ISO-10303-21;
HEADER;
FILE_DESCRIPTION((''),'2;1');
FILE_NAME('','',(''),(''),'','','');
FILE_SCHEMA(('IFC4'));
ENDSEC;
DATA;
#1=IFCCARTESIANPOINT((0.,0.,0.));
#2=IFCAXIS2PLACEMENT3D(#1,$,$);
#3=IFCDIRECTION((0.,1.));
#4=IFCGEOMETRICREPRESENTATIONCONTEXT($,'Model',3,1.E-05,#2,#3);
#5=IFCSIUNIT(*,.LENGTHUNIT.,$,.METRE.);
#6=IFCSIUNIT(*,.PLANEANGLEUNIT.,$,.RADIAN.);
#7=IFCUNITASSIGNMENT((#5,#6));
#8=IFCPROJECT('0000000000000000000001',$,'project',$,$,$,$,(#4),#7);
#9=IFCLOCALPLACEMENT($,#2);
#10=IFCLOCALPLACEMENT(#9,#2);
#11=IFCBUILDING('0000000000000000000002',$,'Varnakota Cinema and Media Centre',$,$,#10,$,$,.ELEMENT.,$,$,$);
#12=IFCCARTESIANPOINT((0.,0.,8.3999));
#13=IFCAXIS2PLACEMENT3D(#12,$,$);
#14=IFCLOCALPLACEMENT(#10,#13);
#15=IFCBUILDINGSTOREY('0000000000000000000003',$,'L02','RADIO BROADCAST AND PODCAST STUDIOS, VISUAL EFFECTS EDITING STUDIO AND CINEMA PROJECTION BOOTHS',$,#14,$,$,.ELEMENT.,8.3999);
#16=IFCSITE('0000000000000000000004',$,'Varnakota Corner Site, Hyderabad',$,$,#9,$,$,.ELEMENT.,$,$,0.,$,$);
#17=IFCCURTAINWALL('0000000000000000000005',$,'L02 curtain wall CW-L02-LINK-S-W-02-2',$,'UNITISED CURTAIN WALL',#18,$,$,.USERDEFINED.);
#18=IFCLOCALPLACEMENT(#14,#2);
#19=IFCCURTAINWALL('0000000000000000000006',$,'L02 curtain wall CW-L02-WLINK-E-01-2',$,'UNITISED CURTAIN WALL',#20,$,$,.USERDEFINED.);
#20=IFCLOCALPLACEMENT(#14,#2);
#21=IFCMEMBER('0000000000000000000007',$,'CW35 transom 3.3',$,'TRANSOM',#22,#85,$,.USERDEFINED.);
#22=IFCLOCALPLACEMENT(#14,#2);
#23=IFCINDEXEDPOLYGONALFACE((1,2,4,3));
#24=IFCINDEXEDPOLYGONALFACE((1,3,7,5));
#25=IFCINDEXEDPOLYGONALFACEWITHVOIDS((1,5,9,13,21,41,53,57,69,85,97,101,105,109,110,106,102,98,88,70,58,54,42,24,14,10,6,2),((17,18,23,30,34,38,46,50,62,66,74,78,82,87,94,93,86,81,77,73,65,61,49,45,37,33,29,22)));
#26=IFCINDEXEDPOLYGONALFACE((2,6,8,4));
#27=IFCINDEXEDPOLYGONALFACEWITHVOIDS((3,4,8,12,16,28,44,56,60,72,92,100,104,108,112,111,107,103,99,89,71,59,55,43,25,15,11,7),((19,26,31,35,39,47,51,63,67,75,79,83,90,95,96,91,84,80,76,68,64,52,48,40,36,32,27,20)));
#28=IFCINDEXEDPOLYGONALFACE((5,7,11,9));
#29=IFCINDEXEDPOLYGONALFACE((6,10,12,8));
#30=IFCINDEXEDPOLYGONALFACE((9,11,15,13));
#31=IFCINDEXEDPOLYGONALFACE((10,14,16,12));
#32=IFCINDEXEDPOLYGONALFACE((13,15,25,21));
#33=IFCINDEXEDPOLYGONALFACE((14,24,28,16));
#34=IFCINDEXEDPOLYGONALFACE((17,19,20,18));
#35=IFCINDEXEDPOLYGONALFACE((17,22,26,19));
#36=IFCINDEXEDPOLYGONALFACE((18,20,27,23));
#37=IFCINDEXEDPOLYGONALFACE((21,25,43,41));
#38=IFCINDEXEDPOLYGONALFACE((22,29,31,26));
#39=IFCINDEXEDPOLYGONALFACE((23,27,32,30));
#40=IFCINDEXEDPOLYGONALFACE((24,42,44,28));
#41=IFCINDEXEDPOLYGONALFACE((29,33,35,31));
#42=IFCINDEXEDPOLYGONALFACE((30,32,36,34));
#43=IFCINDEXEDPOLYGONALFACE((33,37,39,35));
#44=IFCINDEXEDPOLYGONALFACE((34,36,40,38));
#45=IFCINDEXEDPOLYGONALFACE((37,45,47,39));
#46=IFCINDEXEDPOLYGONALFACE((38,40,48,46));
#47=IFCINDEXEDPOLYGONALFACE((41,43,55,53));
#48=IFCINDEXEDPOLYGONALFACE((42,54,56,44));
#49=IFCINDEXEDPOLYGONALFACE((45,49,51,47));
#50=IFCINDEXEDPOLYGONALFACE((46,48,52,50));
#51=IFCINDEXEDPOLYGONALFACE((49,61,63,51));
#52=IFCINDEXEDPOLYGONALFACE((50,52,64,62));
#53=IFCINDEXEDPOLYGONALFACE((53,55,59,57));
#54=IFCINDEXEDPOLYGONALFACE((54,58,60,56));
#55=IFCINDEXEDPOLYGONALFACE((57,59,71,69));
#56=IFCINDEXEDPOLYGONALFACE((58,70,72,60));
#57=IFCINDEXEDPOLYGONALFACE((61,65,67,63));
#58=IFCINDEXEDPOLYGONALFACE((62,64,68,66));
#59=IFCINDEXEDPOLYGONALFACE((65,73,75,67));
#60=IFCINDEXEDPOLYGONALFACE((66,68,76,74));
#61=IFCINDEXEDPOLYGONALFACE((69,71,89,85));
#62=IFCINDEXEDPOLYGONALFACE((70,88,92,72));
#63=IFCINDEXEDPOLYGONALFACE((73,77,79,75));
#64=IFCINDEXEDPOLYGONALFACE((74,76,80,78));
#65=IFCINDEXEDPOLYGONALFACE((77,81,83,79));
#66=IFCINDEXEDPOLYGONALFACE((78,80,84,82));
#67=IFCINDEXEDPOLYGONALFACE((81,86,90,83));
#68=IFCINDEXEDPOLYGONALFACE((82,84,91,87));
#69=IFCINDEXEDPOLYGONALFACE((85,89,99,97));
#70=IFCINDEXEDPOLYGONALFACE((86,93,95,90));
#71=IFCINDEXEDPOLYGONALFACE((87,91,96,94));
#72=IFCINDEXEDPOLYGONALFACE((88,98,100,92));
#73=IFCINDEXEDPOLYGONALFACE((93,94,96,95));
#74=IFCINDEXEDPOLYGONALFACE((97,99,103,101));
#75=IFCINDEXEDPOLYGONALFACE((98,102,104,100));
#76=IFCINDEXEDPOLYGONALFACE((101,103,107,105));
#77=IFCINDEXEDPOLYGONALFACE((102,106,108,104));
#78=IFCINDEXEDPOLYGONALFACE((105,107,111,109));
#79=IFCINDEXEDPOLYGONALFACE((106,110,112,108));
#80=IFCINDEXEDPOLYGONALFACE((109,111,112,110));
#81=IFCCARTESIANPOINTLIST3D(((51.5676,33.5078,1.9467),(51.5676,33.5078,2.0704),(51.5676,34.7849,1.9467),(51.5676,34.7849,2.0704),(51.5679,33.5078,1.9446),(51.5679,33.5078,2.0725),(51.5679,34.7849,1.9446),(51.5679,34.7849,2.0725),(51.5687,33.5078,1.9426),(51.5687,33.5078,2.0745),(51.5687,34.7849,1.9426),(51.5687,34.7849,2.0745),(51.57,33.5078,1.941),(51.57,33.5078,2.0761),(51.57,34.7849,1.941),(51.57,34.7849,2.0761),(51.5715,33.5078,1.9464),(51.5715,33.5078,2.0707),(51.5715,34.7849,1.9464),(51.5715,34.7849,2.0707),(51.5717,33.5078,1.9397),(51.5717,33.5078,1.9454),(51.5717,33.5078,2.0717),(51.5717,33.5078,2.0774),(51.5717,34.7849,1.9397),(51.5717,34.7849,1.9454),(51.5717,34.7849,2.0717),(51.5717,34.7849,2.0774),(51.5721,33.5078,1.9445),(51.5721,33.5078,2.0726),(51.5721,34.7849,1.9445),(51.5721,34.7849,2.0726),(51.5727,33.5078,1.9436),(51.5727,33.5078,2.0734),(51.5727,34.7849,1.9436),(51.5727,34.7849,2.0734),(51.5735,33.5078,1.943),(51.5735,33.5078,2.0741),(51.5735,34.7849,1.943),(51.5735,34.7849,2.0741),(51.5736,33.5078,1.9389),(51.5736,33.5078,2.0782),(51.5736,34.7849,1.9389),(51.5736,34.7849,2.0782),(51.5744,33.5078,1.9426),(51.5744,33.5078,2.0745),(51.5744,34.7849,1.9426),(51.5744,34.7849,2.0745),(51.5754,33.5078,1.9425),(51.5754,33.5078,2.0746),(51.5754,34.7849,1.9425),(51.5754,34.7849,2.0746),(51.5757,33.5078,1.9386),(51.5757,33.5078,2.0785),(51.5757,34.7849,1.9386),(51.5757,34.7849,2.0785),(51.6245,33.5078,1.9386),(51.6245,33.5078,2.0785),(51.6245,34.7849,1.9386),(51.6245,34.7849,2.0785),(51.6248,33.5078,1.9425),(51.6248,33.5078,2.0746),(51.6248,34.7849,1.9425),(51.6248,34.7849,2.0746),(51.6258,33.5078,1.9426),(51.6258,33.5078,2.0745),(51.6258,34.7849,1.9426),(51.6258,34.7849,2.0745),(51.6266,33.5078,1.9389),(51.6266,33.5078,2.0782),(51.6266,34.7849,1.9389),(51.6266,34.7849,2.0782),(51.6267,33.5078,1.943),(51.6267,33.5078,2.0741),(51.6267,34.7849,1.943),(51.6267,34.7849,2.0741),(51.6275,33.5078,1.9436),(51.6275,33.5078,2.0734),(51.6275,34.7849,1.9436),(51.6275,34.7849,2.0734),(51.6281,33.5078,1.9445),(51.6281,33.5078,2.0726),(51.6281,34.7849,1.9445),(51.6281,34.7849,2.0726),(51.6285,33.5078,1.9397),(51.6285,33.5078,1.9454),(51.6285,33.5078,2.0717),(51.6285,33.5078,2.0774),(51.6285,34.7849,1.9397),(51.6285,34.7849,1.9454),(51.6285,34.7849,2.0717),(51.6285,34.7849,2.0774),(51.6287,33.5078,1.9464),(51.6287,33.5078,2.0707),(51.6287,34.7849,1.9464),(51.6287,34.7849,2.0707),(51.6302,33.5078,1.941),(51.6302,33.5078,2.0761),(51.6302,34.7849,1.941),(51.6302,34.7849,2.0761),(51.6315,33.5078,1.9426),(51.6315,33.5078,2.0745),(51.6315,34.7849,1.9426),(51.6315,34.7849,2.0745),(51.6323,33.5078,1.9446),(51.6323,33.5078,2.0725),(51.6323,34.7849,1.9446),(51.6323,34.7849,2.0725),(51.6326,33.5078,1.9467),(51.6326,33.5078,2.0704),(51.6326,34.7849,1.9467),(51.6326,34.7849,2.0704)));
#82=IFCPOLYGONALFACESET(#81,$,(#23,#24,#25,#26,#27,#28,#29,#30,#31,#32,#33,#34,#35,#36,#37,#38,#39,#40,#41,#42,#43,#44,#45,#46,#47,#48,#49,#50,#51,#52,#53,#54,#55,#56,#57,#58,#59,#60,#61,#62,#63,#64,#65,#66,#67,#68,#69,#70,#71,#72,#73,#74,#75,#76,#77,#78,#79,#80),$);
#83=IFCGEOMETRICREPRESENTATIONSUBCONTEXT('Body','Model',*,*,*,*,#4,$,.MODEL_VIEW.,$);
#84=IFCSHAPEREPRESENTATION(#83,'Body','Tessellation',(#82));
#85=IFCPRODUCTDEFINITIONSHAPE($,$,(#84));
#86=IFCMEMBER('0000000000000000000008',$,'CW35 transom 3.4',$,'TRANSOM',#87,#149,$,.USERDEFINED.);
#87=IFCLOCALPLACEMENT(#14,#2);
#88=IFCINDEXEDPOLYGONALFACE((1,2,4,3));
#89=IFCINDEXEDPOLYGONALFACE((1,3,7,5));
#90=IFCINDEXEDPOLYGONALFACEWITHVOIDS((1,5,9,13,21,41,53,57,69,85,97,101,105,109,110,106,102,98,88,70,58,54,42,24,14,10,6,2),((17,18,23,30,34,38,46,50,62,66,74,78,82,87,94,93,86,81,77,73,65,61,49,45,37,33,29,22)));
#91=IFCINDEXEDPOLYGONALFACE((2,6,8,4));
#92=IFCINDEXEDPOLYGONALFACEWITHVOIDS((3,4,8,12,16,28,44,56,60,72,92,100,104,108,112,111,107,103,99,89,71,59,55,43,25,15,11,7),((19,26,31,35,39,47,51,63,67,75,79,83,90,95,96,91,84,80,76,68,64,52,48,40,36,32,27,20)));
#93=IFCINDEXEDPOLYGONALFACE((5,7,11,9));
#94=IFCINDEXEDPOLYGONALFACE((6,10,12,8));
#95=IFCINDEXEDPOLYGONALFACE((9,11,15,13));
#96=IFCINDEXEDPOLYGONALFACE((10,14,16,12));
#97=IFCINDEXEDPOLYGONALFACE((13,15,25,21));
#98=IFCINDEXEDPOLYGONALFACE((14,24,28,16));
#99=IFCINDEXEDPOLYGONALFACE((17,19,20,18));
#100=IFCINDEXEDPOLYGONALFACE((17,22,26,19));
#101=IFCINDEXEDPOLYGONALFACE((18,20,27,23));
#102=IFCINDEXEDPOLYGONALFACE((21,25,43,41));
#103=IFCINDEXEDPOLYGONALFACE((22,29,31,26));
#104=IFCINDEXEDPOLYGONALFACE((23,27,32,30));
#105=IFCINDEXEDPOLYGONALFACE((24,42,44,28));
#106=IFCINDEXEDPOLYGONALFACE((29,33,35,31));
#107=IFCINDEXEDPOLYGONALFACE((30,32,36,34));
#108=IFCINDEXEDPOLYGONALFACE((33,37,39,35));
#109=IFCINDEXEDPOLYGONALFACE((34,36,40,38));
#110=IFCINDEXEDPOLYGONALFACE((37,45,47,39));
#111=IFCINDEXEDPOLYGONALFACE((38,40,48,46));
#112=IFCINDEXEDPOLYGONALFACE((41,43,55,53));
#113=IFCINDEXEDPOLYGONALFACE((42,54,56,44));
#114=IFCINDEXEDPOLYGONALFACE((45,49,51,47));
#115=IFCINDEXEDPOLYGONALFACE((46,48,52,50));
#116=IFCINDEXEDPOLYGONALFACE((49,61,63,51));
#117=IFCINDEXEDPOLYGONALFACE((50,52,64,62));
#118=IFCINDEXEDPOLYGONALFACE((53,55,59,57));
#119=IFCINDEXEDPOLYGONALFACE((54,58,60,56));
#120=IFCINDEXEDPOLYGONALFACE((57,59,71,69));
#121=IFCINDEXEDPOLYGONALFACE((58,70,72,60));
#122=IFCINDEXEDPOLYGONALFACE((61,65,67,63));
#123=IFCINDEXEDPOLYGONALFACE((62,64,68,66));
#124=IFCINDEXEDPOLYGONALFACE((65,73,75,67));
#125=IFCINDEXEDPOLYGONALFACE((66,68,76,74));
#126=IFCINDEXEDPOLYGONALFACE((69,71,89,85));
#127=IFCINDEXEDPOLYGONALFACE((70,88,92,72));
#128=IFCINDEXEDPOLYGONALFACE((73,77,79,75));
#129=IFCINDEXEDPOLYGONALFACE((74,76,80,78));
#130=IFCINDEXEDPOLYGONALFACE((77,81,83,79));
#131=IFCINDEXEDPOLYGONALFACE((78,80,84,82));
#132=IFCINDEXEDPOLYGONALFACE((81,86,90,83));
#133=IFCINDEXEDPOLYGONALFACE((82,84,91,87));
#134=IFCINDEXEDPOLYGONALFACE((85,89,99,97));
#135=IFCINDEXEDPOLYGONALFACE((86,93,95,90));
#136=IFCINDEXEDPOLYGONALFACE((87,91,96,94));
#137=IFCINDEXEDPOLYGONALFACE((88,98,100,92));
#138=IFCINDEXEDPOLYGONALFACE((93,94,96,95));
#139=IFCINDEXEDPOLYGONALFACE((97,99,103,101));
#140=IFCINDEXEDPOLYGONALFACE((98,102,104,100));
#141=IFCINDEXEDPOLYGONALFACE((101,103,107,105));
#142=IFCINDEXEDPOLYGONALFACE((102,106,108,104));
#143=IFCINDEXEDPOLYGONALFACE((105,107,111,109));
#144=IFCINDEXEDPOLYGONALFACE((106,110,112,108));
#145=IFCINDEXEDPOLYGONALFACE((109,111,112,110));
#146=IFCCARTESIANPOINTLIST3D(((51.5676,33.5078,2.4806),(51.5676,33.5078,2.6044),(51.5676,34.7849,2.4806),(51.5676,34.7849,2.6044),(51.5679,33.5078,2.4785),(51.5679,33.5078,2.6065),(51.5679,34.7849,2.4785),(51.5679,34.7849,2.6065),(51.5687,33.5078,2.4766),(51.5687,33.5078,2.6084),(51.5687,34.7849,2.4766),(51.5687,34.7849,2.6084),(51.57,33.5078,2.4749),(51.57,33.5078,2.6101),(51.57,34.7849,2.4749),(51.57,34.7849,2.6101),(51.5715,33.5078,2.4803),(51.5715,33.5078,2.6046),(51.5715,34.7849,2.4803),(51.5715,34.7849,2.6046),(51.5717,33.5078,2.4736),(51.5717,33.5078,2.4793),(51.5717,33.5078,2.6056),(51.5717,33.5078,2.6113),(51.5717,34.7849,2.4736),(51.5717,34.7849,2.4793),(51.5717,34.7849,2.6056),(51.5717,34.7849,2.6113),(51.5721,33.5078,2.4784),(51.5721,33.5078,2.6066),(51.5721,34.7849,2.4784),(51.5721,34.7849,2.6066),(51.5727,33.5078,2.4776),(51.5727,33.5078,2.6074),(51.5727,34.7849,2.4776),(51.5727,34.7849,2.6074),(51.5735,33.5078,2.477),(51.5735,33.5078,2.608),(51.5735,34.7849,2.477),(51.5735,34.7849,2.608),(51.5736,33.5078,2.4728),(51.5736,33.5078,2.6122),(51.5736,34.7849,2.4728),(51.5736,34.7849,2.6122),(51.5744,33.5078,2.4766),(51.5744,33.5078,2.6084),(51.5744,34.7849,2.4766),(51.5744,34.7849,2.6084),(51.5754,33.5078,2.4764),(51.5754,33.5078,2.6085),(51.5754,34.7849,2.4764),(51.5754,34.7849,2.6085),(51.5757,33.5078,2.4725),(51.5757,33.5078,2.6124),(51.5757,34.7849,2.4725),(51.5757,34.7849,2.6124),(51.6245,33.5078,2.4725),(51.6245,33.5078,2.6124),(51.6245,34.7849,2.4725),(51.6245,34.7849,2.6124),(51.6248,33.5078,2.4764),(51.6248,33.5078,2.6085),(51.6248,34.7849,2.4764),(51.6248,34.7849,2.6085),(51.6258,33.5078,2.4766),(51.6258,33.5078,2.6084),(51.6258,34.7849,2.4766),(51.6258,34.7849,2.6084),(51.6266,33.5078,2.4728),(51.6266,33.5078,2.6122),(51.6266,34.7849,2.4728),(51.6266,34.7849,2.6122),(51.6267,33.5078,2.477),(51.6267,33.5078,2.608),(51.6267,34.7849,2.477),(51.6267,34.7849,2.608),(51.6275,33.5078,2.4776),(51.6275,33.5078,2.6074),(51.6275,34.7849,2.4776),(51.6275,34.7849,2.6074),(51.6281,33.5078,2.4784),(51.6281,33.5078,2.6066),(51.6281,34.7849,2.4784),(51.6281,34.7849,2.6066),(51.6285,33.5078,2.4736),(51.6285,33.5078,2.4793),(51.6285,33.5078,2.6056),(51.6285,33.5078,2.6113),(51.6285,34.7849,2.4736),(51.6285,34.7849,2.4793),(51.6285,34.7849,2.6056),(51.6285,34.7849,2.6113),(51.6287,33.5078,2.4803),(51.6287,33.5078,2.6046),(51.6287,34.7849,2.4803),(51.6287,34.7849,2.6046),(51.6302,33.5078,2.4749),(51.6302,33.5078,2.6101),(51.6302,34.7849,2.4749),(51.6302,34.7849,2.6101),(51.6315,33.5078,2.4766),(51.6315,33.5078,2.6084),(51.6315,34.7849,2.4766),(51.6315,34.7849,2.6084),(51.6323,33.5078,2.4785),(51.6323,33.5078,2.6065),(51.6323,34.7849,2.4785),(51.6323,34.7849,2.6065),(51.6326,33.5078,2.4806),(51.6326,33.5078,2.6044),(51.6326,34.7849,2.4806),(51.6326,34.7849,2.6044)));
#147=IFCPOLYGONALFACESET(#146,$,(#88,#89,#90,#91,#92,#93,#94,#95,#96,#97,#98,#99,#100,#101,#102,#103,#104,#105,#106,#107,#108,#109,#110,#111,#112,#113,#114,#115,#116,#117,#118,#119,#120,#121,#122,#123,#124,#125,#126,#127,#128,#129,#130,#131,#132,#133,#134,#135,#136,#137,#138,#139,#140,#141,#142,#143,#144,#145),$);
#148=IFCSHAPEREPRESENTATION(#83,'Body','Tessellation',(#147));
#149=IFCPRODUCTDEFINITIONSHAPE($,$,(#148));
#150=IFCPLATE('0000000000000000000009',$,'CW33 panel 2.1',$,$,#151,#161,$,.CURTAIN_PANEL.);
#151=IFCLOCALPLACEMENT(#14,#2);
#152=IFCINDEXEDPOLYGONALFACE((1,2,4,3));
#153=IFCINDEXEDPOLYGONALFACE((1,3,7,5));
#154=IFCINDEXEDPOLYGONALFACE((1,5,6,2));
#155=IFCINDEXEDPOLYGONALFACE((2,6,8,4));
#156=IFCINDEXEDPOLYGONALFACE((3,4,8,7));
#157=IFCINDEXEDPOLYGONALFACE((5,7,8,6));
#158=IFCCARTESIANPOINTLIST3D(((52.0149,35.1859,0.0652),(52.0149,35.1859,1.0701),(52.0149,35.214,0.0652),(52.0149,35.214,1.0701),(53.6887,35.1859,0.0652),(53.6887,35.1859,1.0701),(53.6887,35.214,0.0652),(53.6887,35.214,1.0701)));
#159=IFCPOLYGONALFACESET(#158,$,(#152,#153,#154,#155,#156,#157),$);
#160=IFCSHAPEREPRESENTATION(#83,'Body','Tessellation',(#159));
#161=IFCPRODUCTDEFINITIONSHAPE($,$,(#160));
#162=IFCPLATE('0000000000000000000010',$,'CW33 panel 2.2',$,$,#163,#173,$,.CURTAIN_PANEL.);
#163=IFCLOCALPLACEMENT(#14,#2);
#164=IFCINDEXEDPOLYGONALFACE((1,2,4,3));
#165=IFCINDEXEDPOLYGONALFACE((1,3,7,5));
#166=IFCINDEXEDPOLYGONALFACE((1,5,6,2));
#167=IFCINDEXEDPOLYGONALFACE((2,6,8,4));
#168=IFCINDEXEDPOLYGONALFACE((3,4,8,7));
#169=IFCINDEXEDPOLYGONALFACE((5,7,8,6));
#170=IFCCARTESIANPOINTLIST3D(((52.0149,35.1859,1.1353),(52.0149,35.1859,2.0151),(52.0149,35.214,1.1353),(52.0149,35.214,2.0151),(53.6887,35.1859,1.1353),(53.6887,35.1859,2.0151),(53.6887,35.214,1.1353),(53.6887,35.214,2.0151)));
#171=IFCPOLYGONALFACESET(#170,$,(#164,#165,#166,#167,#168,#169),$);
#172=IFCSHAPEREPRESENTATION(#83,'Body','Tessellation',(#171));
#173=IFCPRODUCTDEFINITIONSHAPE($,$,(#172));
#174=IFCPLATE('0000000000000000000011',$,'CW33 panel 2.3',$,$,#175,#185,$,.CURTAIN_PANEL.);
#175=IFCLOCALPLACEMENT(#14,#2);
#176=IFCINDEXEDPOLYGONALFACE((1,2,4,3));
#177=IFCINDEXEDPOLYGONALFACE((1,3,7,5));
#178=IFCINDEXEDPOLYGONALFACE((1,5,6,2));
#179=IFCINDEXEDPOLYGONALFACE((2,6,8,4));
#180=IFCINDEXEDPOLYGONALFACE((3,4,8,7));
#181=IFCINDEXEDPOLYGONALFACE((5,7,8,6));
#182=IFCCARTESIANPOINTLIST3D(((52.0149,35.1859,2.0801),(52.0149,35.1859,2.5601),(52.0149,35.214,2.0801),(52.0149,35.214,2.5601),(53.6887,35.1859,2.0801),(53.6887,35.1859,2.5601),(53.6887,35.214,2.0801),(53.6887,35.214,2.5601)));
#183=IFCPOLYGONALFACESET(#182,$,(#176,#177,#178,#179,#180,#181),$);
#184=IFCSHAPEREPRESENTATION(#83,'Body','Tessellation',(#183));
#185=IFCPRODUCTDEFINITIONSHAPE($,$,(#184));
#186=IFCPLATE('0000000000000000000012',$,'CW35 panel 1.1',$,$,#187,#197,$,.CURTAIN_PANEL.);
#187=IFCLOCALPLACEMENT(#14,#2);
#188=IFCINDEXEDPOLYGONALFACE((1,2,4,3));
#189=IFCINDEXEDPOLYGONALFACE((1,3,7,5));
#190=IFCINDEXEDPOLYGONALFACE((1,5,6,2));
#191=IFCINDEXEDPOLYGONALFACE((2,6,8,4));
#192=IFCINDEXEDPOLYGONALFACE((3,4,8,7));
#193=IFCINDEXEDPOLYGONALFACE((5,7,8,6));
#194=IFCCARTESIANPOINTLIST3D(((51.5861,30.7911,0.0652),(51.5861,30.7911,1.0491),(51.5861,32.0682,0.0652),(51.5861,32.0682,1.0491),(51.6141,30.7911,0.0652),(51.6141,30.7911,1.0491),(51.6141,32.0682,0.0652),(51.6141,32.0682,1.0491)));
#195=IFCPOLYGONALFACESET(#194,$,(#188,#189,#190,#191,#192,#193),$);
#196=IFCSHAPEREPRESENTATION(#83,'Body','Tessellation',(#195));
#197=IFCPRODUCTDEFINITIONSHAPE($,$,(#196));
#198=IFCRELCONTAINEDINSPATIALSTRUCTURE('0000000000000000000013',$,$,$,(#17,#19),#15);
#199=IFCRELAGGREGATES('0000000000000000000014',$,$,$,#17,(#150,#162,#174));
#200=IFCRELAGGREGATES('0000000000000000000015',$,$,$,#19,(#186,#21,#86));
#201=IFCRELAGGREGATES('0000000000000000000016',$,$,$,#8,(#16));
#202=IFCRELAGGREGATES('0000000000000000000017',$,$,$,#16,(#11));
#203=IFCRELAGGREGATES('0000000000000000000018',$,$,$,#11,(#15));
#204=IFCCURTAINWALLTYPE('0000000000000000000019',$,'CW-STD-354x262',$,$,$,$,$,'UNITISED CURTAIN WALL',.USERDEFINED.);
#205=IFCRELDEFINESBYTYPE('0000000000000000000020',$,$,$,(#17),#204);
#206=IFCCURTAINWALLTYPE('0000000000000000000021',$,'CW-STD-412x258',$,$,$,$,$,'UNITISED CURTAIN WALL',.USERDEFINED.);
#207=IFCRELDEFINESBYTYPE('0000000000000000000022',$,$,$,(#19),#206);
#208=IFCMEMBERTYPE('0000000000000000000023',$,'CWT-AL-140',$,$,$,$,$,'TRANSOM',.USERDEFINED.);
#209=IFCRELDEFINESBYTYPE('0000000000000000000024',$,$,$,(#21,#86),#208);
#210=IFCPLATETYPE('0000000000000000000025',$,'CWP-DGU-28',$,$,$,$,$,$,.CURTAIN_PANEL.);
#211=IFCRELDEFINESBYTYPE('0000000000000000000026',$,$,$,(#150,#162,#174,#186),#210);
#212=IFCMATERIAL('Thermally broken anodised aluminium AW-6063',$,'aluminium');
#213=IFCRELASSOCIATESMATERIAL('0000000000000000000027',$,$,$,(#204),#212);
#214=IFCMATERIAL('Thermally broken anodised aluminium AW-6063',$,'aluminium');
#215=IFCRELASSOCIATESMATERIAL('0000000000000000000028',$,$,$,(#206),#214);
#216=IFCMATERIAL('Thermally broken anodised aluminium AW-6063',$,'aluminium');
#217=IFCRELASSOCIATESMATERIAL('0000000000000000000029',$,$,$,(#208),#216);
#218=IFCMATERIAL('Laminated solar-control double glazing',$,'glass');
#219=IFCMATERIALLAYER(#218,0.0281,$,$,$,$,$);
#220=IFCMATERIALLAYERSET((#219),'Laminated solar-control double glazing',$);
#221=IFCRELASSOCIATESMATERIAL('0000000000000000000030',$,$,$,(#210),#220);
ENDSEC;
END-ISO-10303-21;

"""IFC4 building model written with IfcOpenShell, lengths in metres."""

from ifc_helpers import new_model, si_unit, direction, frame, origin, origin_2d, place, context, subcontext, project, spatial, rectangle, hollow_rectangle, extrude, material, layer, layer_set, material_profile, profile_set, type_object, element, aggregate, save


model = new_model("IFC4")

# Units and contexts
model_context = context("Model", 3, precision=1e-05, world=origin(), true_north=direction((0.0, 1.0)))
body_context = subcontext(model_context, "Body", "Model", "MODEL_VIEW")
ifc_project = project(units=[si_unit("LENGTHUNIT", "METRE"), si_unit("PLANEANGLEUNIT", "RADIAN")], contexts=[model_context])

# Site, building, storey
site_placement = place(None, origin())
site = spatial("IfcSite", under=ifc_project, at=site_placement, Name="Varnakota Corner Site, Hyderabad", CompositionType="ELEMENT", RefElevation=0.0)
building_placement = place(site_placement, origin())
building = spatial("IfcBuilding", under=site, at=building_placement, Name="Varnakota Cinema and Media Centre", CompositionType="ELEMENT")
storey_placement = place(building_placement, frame((0.0, 0.0, 8.3999)))
storey = spatial("IfcBuildingStorey", under=building, at=storey_placement, Name="L02", Description="RADIO BROADCAST AND PODCAST STUDIOS, VISUAL EFFECTS EDITING STUDIO AND CINEMA PROJECTION BOOTHS", CompositionType="ELEMENT", Elevation=8.3999)

# Curtain wall
ifc_material_1 = material(Name="Thermally broken anodised aluminium AW-6063", Category="aluminium")
curtain_wall_type_1 = type_object("IfcCurtainWallType", Name="CW-STD-354x262", ElementType="UNITISED CURTAIN WALL", PredefinedType="USERDEFINED", material=ifc_material_1)
curtain_wall_1_placement = place(storey_placement, origin())
curtain_wall_1 = element("IfcCurtainWall", 1, at=curtain_wall_1_placement, inside=storey, type_object=curtain_wall_type_1, Name="L02 curtain wall CW-L02-LINK-S-W-02-2", ObjectType="UNITISED CURTAIN WALL", PredefinedType="USERDEFINED")

# Curtain wall
ifc_material_2 = material(Name="Thermally broken anodised aluminium AW-6063", Category="aluminium")
curtain_wall_type_2 = type_object("IfcCurtainWallType", Name="CW-STD-412x258", ElementType="UNITISED CURTAIN WALL", PredefinedType="USERDEFINED", material=ifc_material_2)
curtain_wall_2_placement = place(storey_placement, origin())
curtain_wall_2 = element("IfcCurtainWall", 2, at=curtain_wall_2_placement, inside=storey, type_object=curtain_wall_type_2, Name="L02 curtain wall CW-L02-WLINK-E-01-2", ObjectType="UNITISED CURTAIN WALL", PredefinedType="USERDEFINED")

# Members
ifc_material_3 = material(Name="Thermally broken anodised aluminium AW-6063", Category="aluminium")
ifc_material_profile_1 = material_profile(ifc_material_3, hollow_rectangle(XDim=0.0649, YDim=0.1399, WallThickness=0.0039, InnerFilletRadius=0.0039, OuterFilletRadius=0.0081, at=origin_2d()), Name="AL-TRANSOM 140x65x4")
ifc_profile_set_1 = profile_set([ifc_material_profile_1], Name="Thermally broken anodised aluminium AW-6063")
member_type_1 = type_object("IfcMemberType", Name="CWT-AL-140", ElementType="TRANSOM", PredefinedType="USERDEFINED", material=ifc_profile_set_1)
member_1_placement = place(storey_placement, frame((51.6001, 33.5078, 2.0085), z_axis=(0.0, 1.0, 0.0), x_axis=(-1.0, 0.0, 0.0)))
member_1 = element("IfcMember", 3, at=member_1_placement, type_object=member_type_1, Name="CW35 transom 3.3", ObjectType="TRANSOM", PredefinedType="USERDEFINED", context=body_context, shape_type="SweptSolid", body=[
    extrude(hollow_rectangle(XDim=0.0649, YDim=0.1399, WallThickness=0.0039, InnerFilletRadius=0.0039, OuterFilletRadius=0.0081, at=origin_2d()), origin(), (0.0, 0.0, 1.0), 1.2771),
])
member_2_placement = place(storey_placement, frame((51.6001, 33.5078, 2.5425), z_axis=(0.0, 1.0, 0.0), x_axis=(-1.0, 0.0, 0.0)))
member_2 = element("IfcMember", 4, at=member_2_placement, type_object=member_type_1, Name="CW35 transom 3.4", ObjectType="TRANSOM", PredefinedType="USERDEFINED", context=body_context, shape_type="SweptSolid", body=[
    extrude(hollow_rectangle(XDim=0.0649, YDim=0.1399, WallThickness=0.0039, InnerFilletRadius=0.0039, OuterFilletRadius=0.0081, at=origin_2d()), origin(), (0.0, 0.0, 1.0), 1.2771),
])

# Plates
ifc_material_4 = material(Name="Laminated solar-control double glazing", Category="glass")
ifc_layer = layer(ifc_material_4, 0.0281)
ifc_layer_set = layer_set([ifc_layer], Name="Laminated solar-control double glazing")
plate_type = type_object("IfcPlateType", Name="CWP-DGU-28", PredefinedType="CURTAIN_PANEL", material=ifc_layer_set)
plate_1_placement = place(storey_placement, frame((52.8518, 35.2, 0.0652), z_axis=(0.0, 0.0, 1.0), x_axis=(-1.0, 0.0, 0.0)))
plate_1 = element("IfcPlate", 5, at=plate_1_placement, type_object=plate_type, Name="CW33 panel 2.1", PredefinedType="CURTAIN_PANEL", context=body_context, shape_type="SweptSolid", body=[
    extrude(rectangle(XDim=1.6738, YDim=0.0281, at=origin_2d()), origin(), (0.0, 0.0, 1.0), 1.0049),
])
plate_2_placement = place(storey_placement, frame((52.8518, 35.2, 1.1353), z_axis=(0.0, 0.0, 1.0), x_axis=(-1.0, 0.0, 0.0)))
plate_2 = element("IfcPlate", 6, at=plate_2_placement, type_object=plate_type, Name="CW33 panel 2.2", PredefinedType="CURTAIN_PANEL", context=body_context, shape_type="SweptSolid", body=[
    extrude(rectangle(XDim=1.6738, YDim=0.0281, at=origin_2d()), origin(), (0.0, 0.0, 1.0), 0.8799),
])
plate_3_placement = place(storey_placement, frame((52.8518, 35.2, 2.0801), z_axis=(0.0, 0.0, 1.0), x_axis=(-1.0, 0.0, 0.0)))
plate_3 = element("IfcPlate", 7, at=plate_3_placement, type_object=plate_type, Name="CW33 panel 2.3", PredefinedType="CURTAIN_PANEL", context=body_context, shape_type="SweptSolid", body=[
    extrude(rectangle(XDim=1.6738, YDim=0.0281, at=origin_2d()), origin(), (0.0, 0.0, 1.0), 0.48),
])
aggregate(curtain_wall_1, [plate_1, plate_2, plate_3])
plate_4_placement = place(storey_placement, frame((51.6001, 31.4297, 0.0652), z_axis=(0.0, 0.0, 1.0), x_axis=(0.0, 1.0, 0.0)))
plate_4 = element("IfcPlate", 8, at=plate_4_placement, type_object=plate_type, Name="CW35 panel 1.1", PredefinedType="CURTAIN_PANEL", context=body_context, shape_type="SweptSolid", body=[
    extrude(rectangle(XDim=1.2771, YDim=0.0281, at=origin_2d()), origin(), (0.0, 0.0, 1.0), 0.9839),
])
aggregate(curtain_wall_2, [plate_4, member_1, member_2])

save(model, "model.ifc")
